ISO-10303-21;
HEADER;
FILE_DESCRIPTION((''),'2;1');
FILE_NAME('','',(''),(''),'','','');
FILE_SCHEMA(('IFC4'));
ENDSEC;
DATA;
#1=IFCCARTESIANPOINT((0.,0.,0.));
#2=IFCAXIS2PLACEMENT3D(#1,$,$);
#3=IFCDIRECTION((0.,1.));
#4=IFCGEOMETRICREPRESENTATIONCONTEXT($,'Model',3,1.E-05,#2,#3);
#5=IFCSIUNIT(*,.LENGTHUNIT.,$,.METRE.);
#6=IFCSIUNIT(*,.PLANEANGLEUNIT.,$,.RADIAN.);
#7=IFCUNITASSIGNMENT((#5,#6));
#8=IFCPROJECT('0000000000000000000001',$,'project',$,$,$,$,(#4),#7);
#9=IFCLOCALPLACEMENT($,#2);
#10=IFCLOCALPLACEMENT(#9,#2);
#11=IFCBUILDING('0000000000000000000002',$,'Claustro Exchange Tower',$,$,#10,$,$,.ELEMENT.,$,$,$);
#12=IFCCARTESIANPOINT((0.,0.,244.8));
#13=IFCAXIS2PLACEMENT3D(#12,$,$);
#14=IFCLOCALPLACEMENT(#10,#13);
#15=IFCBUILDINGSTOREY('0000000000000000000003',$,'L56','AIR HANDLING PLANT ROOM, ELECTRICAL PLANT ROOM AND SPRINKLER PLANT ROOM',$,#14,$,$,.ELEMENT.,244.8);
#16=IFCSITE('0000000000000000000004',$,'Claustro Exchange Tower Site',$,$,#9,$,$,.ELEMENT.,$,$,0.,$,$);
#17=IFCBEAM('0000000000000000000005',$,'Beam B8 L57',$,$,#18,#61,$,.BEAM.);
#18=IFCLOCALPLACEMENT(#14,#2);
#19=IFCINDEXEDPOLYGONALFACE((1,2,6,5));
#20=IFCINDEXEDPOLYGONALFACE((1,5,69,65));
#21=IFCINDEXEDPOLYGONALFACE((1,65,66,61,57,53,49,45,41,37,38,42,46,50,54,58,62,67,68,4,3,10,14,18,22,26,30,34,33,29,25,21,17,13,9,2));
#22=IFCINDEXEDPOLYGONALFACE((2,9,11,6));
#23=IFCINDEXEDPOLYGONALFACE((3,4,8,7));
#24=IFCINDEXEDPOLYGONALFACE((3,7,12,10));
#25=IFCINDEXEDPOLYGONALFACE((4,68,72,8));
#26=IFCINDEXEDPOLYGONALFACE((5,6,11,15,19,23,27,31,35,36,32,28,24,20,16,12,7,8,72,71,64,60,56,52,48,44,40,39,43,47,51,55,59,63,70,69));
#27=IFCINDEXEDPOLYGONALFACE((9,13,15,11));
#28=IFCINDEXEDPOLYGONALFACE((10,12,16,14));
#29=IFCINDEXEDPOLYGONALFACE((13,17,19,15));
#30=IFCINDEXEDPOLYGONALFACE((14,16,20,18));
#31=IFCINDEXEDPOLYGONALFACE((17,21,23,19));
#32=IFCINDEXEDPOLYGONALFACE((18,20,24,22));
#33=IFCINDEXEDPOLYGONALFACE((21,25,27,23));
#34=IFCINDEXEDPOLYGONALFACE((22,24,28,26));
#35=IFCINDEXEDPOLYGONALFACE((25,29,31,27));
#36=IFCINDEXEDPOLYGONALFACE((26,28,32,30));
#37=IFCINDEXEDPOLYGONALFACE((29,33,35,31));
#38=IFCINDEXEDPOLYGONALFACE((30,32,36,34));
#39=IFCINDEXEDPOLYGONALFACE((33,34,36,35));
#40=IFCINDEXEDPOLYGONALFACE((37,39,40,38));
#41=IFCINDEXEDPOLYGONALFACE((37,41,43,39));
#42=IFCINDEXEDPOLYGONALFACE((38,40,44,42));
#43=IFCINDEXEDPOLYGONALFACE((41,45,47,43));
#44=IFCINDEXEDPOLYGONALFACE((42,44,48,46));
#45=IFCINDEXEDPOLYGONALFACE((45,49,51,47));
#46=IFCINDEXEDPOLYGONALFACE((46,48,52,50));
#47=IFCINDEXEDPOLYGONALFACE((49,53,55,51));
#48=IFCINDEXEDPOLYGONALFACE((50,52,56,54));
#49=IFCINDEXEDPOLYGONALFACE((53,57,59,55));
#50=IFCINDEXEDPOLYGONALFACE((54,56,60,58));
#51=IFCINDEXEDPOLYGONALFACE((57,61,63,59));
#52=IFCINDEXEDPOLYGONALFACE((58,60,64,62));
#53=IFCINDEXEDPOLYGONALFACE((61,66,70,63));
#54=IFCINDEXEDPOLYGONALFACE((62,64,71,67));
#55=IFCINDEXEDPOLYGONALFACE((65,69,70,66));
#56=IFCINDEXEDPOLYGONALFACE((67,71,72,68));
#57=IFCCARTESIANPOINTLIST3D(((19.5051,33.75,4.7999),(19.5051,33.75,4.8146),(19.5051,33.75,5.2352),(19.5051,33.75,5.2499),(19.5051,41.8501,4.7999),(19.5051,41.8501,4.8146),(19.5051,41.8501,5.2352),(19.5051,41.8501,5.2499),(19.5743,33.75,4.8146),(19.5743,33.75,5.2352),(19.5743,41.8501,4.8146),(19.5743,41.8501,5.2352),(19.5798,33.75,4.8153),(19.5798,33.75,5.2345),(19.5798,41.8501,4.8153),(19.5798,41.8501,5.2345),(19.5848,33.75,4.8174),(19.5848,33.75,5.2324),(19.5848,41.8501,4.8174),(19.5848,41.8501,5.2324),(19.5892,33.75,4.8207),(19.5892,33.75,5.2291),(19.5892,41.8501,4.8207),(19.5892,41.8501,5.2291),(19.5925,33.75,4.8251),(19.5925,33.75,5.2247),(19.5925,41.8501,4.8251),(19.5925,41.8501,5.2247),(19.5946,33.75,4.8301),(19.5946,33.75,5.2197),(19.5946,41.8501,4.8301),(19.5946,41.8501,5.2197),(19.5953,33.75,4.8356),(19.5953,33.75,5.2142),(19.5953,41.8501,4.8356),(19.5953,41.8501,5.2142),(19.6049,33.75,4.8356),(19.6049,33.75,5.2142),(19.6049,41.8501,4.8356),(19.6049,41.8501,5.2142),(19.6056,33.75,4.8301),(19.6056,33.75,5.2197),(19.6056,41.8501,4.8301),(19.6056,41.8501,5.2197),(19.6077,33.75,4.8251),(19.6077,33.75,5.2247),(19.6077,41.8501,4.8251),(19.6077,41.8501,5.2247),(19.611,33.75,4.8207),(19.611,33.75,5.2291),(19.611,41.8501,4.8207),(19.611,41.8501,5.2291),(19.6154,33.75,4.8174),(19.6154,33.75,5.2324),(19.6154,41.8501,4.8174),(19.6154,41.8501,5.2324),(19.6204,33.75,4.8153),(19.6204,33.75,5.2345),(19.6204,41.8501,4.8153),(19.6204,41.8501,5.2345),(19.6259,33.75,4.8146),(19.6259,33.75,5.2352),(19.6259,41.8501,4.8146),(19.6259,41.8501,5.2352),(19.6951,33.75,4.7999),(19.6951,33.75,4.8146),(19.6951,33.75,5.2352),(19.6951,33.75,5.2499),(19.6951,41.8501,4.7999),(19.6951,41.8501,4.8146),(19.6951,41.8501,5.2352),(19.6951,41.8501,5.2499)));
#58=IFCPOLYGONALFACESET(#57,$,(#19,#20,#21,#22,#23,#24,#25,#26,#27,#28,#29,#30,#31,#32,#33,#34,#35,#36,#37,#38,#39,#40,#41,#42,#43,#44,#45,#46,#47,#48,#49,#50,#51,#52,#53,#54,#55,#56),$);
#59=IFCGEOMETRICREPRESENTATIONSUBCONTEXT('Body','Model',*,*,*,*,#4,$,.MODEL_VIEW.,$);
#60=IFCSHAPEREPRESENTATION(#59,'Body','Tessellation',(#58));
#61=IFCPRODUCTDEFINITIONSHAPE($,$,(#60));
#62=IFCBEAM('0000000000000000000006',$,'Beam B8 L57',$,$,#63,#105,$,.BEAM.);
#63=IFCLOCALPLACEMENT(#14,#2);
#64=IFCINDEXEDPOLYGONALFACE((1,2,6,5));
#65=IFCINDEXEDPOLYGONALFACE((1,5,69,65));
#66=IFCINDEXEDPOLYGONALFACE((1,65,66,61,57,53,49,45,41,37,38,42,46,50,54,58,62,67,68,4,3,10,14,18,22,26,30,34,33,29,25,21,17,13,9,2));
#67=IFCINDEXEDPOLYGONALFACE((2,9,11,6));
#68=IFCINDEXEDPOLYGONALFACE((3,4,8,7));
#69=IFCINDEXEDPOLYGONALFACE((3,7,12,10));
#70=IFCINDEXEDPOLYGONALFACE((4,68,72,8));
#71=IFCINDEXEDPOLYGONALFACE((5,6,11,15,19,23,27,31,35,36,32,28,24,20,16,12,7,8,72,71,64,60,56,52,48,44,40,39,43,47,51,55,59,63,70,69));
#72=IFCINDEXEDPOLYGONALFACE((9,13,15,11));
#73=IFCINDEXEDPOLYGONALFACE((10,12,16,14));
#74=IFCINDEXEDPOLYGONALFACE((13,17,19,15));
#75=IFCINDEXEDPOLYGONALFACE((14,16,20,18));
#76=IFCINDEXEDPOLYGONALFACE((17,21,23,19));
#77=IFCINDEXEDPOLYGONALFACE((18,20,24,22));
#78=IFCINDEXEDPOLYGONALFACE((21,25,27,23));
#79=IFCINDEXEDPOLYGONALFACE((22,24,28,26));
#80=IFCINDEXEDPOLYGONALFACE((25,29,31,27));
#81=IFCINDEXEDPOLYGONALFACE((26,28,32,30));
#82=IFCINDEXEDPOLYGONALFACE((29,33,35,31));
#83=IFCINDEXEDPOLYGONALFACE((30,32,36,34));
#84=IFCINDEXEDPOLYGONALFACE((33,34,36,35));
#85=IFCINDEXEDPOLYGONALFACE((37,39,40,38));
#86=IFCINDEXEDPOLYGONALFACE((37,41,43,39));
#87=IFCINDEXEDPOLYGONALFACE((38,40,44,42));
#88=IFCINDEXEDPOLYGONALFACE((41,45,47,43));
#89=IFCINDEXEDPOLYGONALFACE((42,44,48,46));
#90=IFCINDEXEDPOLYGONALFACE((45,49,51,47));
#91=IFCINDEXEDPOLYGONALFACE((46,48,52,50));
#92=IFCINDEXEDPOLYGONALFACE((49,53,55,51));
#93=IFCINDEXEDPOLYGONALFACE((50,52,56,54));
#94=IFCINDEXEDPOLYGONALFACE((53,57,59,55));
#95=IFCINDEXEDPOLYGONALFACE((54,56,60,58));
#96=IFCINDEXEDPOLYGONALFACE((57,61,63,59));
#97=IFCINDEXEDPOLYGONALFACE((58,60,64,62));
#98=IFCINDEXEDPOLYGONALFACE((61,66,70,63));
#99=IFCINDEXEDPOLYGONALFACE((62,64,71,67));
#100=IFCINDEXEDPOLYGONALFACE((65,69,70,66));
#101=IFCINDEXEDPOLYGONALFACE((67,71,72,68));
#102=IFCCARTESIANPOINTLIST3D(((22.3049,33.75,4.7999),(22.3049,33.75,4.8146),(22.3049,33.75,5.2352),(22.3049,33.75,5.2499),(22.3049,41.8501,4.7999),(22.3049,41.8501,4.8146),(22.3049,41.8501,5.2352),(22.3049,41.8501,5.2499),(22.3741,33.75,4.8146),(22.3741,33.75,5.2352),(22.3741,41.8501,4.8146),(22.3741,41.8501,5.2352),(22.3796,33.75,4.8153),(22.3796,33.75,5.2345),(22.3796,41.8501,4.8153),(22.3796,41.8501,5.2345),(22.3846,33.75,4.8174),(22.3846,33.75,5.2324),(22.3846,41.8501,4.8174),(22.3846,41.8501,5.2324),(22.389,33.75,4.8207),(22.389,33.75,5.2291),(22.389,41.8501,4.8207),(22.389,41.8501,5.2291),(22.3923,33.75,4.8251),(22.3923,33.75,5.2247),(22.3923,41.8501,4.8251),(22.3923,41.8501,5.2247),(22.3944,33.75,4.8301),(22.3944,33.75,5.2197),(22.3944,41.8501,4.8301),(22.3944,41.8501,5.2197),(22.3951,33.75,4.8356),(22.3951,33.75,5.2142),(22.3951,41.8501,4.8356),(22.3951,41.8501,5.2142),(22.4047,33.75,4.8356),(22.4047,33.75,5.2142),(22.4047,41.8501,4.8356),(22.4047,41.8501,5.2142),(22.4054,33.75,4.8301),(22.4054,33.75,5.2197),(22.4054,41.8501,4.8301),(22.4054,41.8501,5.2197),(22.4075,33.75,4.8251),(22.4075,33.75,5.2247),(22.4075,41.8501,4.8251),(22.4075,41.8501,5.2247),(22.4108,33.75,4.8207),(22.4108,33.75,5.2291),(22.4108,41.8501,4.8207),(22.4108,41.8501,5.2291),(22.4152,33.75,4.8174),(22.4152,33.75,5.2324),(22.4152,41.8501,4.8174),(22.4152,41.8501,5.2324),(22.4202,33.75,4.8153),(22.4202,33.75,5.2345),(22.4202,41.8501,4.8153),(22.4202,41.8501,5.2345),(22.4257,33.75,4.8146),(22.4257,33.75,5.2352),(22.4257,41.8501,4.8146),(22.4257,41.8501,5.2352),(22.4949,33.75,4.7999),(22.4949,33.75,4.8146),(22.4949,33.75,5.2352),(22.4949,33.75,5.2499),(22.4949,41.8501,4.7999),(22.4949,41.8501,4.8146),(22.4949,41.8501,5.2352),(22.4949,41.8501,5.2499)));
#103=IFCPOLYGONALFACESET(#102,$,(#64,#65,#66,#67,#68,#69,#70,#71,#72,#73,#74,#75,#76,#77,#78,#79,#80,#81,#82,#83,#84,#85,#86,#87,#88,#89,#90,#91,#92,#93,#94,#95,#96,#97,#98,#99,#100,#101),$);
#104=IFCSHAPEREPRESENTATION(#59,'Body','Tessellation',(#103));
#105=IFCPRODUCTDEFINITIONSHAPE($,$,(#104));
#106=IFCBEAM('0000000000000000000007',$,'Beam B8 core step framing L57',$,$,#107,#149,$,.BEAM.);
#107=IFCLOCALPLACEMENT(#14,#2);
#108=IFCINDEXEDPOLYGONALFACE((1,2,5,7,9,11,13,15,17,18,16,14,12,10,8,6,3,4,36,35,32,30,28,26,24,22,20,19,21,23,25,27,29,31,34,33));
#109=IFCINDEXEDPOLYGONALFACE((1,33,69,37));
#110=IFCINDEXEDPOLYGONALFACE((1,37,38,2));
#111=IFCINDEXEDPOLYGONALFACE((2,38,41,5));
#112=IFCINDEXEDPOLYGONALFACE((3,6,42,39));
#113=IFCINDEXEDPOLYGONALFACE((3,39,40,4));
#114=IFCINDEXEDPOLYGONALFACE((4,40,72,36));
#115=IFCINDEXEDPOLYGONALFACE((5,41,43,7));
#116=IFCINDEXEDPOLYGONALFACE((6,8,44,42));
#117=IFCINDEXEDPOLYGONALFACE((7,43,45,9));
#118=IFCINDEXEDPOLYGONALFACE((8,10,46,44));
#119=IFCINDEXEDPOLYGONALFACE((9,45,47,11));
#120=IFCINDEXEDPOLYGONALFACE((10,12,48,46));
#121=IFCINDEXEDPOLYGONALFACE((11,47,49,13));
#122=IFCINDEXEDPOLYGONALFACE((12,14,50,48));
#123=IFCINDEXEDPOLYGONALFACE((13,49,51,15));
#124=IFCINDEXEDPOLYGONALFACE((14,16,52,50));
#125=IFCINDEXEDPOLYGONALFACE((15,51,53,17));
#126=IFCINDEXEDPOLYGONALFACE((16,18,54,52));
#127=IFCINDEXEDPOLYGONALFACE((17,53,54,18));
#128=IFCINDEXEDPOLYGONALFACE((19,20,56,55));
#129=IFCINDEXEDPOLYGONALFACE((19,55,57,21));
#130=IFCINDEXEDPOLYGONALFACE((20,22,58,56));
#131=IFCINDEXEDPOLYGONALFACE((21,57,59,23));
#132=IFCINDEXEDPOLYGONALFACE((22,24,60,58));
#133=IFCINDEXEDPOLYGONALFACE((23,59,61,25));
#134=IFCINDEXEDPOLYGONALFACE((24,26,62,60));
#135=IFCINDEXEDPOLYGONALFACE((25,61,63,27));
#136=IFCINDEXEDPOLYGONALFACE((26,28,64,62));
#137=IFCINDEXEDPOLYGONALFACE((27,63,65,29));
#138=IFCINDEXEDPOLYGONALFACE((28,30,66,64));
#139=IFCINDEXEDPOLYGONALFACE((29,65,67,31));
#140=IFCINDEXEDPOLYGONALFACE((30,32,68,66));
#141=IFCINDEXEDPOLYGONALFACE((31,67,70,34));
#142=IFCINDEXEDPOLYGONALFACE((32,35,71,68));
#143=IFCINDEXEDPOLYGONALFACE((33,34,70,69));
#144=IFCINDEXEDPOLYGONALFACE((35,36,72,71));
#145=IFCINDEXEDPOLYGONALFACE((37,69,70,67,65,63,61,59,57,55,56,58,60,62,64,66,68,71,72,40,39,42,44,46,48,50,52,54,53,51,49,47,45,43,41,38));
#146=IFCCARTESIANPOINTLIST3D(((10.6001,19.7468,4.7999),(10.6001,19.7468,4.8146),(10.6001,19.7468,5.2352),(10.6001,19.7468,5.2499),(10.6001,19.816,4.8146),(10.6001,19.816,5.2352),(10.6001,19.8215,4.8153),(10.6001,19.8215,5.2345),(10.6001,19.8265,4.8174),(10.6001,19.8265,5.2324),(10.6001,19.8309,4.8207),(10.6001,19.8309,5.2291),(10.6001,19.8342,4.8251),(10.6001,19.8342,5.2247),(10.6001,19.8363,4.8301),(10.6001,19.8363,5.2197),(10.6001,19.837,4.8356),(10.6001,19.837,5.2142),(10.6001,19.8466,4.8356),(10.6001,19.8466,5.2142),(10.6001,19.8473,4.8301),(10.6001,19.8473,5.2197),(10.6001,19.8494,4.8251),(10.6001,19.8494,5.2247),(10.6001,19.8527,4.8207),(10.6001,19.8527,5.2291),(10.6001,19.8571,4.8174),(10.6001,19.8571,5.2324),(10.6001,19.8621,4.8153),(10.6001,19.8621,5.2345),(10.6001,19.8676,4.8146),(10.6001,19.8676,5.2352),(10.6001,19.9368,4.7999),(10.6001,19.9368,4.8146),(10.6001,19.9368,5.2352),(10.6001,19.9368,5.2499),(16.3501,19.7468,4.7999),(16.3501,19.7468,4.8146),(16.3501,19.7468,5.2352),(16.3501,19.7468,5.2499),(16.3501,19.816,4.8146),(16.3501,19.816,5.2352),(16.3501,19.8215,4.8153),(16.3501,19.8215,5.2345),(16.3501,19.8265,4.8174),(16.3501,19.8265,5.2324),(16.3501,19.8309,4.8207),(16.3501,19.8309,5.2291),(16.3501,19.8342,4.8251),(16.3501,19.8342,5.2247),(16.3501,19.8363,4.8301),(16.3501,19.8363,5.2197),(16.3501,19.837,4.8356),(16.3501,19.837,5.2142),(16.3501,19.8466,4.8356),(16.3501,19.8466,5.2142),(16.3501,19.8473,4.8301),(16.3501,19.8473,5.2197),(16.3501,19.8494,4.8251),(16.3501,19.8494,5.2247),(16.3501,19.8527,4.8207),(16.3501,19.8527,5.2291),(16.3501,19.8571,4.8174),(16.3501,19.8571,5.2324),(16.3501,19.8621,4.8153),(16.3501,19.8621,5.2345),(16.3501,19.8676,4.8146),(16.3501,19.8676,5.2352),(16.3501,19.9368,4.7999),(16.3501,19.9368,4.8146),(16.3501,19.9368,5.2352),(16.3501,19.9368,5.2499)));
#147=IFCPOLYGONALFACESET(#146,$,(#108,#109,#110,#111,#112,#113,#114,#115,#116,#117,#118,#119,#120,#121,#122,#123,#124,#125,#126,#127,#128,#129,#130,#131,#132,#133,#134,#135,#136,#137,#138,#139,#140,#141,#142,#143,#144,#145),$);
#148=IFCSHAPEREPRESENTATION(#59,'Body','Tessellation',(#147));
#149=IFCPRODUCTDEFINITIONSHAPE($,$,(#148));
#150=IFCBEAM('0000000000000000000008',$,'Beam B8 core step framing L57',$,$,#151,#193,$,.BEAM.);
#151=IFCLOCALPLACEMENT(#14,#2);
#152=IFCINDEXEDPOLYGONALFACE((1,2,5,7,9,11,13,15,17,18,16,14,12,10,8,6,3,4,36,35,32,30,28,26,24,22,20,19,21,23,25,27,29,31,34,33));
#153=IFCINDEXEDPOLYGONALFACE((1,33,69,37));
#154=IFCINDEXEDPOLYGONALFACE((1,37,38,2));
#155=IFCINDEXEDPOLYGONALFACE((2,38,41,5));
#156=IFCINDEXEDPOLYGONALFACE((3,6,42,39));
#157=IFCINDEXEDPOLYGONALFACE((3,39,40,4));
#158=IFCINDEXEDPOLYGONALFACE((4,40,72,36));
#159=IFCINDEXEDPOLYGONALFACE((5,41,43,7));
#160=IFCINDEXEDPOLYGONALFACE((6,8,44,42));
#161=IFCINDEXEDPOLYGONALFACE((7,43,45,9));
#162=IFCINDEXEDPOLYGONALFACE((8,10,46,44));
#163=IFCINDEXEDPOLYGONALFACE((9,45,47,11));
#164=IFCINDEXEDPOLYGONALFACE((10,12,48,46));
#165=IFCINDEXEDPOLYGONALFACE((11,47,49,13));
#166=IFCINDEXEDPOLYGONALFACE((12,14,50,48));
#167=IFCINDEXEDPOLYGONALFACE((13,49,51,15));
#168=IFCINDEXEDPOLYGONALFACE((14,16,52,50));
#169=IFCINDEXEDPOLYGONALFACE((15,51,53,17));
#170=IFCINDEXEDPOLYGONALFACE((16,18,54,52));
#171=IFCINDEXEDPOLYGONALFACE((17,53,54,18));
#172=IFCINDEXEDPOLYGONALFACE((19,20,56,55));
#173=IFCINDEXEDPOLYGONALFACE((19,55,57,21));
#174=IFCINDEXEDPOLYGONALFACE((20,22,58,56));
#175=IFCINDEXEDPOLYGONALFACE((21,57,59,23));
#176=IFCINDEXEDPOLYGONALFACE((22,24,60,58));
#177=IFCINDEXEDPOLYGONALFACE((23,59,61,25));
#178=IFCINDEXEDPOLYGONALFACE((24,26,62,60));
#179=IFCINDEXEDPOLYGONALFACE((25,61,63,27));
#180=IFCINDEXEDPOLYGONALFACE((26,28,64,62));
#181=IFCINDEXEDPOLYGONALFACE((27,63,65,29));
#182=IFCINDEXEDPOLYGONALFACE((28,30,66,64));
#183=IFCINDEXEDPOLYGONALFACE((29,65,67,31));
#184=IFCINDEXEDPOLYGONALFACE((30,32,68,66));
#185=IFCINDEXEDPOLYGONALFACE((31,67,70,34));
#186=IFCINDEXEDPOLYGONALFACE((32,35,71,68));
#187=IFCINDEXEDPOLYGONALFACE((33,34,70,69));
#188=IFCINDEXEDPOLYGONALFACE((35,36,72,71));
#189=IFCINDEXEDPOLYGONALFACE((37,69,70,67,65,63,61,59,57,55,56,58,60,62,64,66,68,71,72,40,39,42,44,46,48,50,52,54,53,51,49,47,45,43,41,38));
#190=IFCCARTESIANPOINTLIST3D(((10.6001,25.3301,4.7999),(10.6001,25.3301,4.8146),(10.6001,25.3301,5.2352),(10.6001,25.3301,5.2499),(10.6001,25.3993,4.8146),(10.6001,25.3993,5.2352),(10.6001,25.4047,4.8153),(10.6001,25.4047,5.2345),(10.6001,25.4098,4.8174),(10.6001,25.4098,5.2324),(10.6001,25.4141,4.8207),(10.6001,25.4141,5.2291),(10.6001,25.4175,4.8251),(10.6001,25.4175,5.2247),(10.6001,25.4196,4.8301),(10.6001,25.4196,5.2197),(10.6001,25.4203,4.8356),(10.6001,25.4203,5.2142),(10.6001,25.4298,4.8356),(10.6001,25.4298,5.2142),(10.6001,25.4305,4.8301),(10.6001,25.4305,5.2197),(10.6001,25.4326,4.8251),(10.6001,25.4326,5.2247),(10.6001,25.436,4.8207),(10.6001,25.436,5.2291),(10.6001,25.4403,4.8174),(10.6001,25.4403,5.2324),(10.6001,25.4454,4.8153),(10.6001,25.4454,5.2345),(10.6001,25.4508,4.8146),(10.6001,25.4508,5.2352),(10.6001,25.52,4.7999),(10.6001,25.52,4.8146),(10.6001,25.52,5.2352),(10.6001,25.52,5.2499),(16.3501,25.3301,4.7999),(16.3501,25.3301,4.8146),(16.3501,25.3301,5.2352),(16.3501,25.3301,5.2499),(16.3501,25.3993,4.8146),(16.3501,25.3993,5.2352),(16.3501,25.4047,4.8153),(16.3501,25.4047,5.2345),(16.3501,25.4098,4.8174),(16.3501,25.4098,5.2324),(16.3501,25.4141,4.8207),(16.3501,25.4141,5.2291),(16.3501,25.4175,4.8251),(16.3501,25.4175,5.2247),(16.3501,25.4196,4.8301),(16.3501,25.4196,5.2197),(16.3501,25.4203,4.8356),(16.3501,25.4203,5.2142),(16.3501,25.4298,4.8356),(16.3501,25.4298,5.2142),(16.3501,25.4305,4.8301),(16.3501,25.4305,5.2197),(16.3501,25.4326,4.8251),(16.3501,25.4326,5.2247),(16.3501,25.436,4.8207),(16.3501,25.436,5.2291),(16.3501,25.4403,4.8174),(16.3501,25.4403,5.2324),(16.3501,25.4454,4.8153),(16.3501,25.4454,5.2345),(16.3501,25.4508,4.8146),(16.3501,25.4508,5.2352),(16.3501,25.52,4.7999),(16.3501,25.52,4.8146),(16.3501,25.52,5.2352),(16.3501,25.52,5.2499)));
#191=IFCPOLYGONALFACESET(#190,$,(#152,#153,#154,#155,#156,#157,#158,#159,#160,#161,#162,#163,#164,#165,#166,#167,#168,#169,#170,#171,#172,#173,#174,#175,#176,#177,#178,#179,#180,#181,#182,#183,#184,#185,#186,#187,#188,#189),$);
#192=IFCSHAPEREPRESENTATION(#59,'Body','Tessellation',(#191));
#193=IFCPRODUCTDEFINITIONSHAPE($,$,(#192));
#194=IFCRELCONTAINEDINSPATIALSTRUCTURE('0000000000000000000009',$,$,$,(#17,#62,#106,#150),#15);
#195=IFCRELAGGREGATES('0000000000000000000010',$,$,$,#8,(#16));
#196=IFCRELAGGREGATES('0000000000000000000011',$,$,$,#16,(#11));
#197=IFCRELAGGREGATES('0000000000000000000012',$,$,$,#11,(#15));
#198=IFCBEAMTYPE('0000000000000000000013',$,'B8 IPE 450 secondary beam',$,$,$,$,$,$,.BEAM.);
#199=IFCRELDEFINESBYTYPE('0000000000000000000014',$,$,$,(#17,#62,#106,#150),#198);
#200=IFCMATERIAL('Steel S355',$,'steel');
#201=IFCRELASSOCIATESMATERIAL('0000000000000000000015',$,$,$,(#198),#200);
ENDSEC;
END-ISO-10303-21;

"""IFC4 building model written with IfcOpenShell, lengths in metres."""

from ifc_helpers import new_model, si_unit, direction, frame, origin, origin_2d, place, context, subcontext, project, spatial, i_section, extrude, material, material_profile, profile_set, type_object, element, save


model = new_model("IFC4")

# Units and contexts
model_context = context("Model", 3, precision=1e-05, world=origin(), true_north=direction((0.0, 1.0)))
body_context = subcontext(model_context, "Body", "Model", "MODEL_VIEW")
ifc_project = project(units=[si_unit("LENGTHUNIT", "METRE"), si_unit("PLANEANGLEUNIT", "RADIAN")], contexts=[model_context])

# Site, building, storey
site_placement = place(None, origin())
site = spatial("IfcSite", under=ifc_project, at=site_placement, Name="Claustro Exchange Tower Site", CompositionType="ELEMENT", RefElevation=0.0)
building_placement = place(site_placement, origin())
building = spatial("IfcBuilding", under=site, at=building_placement, Name="Claustro Exchange Tower", CompositionType="ELEMENT")
storey_placement = place(building_placement, frame((0.0, 0.0, 244.8)))
storey = spatial("IfcBuildingStorey", under=building, at=storey_placement, Name="L56", Description="AIR HANDLING PLANT ROOM, ELECTRICAL PLANT ROOM AND SPRINKLER PLANT ROOM", CompositionType="ELEMENT", Elevation=244.8)

# Beams
ifc_material_1 = material(Name="Steel S355", Category="steel")
ifc_material_profile_1 = material_profile(ifc_material_1, i_section(OverallWidth=0.1899, OverallDepth=0.45, WebThickness=0.0095, FlangeThickness=0.0146, FilletRadius=0.021, at=origin_2d()), Name="IPE 450")
ifc_profile_set_1 = profile_set([ifc_material_profile_1], Name="Steel S355")
beam_type_1 = type_object("IfcBeamType", Name="B8 IPE 450 secondary beam", PredefinedType="BEAM", material=ifc_profile_set_1)
for number, where, z_axis, x_axis, name in (
    (1, (19.6001, 33.75, 5.0249), (0.0, 1.0, 0.0), (-1.0, 0.0, 0.0), "Beam B8 L57"),
    (2, (22.3999, 33.75, 5.0249), (0.0, 1.0, 0.0), (-1.0, 0.0, 0.0), "Beam B8 L57"),
):
    element("IfcBeam", number, at=place(storey_placement, frame(where, z_axis=z_axis, x_axis=x_axis)), inside=storey, type_object=beam_type_1, Name=name, PredefinedType="BEAM", context=body_context, shape_type="SweptSolid", body=[
        extrude(i_section(OverallWidth=0.1899, OverallDepth=0.45, WebThickness=0.0095, FlangeThickness=0.0146, FilletRadius=0.021, at=origin_2d()), origin(), (0.0, 0.0, 1.0), 8.1001),
    ])
for number, where, z_axis, x_axis, name in (
    (3, (10.6001, 19.8418, 5.0249), (1.0, 0.0, 0.0), (0.0, 1.0, 0.0), "Beam B8 core step framing L57"),
    (4, (10.6001, 25.425, 5.0249), (1.0, 0.0, 0.0), (0.0, 1.0, 0.0), "Beam B8 core step framing L57"),
):
    element("IfcBeam", number, at=place(storey_placement, frame(where, z_axis=z_axis, x_axis=x_axis)), inside=storey, type_object=beam_type_1, Name=name, PredefinedType="BEAM", context=body_context, shape_type="SweptSolid", body=[
        extrude(i_section(OverallWidth=0.1899, OverallDepth=0.45, WebThickness=0.0095, FlangeThickness=0.0146, FilletRadius=0.021, at=origin_2d()), origin(), (0.0, 0.0, 1.0), 5.75),
    ])

save(model, "model.ifc")
